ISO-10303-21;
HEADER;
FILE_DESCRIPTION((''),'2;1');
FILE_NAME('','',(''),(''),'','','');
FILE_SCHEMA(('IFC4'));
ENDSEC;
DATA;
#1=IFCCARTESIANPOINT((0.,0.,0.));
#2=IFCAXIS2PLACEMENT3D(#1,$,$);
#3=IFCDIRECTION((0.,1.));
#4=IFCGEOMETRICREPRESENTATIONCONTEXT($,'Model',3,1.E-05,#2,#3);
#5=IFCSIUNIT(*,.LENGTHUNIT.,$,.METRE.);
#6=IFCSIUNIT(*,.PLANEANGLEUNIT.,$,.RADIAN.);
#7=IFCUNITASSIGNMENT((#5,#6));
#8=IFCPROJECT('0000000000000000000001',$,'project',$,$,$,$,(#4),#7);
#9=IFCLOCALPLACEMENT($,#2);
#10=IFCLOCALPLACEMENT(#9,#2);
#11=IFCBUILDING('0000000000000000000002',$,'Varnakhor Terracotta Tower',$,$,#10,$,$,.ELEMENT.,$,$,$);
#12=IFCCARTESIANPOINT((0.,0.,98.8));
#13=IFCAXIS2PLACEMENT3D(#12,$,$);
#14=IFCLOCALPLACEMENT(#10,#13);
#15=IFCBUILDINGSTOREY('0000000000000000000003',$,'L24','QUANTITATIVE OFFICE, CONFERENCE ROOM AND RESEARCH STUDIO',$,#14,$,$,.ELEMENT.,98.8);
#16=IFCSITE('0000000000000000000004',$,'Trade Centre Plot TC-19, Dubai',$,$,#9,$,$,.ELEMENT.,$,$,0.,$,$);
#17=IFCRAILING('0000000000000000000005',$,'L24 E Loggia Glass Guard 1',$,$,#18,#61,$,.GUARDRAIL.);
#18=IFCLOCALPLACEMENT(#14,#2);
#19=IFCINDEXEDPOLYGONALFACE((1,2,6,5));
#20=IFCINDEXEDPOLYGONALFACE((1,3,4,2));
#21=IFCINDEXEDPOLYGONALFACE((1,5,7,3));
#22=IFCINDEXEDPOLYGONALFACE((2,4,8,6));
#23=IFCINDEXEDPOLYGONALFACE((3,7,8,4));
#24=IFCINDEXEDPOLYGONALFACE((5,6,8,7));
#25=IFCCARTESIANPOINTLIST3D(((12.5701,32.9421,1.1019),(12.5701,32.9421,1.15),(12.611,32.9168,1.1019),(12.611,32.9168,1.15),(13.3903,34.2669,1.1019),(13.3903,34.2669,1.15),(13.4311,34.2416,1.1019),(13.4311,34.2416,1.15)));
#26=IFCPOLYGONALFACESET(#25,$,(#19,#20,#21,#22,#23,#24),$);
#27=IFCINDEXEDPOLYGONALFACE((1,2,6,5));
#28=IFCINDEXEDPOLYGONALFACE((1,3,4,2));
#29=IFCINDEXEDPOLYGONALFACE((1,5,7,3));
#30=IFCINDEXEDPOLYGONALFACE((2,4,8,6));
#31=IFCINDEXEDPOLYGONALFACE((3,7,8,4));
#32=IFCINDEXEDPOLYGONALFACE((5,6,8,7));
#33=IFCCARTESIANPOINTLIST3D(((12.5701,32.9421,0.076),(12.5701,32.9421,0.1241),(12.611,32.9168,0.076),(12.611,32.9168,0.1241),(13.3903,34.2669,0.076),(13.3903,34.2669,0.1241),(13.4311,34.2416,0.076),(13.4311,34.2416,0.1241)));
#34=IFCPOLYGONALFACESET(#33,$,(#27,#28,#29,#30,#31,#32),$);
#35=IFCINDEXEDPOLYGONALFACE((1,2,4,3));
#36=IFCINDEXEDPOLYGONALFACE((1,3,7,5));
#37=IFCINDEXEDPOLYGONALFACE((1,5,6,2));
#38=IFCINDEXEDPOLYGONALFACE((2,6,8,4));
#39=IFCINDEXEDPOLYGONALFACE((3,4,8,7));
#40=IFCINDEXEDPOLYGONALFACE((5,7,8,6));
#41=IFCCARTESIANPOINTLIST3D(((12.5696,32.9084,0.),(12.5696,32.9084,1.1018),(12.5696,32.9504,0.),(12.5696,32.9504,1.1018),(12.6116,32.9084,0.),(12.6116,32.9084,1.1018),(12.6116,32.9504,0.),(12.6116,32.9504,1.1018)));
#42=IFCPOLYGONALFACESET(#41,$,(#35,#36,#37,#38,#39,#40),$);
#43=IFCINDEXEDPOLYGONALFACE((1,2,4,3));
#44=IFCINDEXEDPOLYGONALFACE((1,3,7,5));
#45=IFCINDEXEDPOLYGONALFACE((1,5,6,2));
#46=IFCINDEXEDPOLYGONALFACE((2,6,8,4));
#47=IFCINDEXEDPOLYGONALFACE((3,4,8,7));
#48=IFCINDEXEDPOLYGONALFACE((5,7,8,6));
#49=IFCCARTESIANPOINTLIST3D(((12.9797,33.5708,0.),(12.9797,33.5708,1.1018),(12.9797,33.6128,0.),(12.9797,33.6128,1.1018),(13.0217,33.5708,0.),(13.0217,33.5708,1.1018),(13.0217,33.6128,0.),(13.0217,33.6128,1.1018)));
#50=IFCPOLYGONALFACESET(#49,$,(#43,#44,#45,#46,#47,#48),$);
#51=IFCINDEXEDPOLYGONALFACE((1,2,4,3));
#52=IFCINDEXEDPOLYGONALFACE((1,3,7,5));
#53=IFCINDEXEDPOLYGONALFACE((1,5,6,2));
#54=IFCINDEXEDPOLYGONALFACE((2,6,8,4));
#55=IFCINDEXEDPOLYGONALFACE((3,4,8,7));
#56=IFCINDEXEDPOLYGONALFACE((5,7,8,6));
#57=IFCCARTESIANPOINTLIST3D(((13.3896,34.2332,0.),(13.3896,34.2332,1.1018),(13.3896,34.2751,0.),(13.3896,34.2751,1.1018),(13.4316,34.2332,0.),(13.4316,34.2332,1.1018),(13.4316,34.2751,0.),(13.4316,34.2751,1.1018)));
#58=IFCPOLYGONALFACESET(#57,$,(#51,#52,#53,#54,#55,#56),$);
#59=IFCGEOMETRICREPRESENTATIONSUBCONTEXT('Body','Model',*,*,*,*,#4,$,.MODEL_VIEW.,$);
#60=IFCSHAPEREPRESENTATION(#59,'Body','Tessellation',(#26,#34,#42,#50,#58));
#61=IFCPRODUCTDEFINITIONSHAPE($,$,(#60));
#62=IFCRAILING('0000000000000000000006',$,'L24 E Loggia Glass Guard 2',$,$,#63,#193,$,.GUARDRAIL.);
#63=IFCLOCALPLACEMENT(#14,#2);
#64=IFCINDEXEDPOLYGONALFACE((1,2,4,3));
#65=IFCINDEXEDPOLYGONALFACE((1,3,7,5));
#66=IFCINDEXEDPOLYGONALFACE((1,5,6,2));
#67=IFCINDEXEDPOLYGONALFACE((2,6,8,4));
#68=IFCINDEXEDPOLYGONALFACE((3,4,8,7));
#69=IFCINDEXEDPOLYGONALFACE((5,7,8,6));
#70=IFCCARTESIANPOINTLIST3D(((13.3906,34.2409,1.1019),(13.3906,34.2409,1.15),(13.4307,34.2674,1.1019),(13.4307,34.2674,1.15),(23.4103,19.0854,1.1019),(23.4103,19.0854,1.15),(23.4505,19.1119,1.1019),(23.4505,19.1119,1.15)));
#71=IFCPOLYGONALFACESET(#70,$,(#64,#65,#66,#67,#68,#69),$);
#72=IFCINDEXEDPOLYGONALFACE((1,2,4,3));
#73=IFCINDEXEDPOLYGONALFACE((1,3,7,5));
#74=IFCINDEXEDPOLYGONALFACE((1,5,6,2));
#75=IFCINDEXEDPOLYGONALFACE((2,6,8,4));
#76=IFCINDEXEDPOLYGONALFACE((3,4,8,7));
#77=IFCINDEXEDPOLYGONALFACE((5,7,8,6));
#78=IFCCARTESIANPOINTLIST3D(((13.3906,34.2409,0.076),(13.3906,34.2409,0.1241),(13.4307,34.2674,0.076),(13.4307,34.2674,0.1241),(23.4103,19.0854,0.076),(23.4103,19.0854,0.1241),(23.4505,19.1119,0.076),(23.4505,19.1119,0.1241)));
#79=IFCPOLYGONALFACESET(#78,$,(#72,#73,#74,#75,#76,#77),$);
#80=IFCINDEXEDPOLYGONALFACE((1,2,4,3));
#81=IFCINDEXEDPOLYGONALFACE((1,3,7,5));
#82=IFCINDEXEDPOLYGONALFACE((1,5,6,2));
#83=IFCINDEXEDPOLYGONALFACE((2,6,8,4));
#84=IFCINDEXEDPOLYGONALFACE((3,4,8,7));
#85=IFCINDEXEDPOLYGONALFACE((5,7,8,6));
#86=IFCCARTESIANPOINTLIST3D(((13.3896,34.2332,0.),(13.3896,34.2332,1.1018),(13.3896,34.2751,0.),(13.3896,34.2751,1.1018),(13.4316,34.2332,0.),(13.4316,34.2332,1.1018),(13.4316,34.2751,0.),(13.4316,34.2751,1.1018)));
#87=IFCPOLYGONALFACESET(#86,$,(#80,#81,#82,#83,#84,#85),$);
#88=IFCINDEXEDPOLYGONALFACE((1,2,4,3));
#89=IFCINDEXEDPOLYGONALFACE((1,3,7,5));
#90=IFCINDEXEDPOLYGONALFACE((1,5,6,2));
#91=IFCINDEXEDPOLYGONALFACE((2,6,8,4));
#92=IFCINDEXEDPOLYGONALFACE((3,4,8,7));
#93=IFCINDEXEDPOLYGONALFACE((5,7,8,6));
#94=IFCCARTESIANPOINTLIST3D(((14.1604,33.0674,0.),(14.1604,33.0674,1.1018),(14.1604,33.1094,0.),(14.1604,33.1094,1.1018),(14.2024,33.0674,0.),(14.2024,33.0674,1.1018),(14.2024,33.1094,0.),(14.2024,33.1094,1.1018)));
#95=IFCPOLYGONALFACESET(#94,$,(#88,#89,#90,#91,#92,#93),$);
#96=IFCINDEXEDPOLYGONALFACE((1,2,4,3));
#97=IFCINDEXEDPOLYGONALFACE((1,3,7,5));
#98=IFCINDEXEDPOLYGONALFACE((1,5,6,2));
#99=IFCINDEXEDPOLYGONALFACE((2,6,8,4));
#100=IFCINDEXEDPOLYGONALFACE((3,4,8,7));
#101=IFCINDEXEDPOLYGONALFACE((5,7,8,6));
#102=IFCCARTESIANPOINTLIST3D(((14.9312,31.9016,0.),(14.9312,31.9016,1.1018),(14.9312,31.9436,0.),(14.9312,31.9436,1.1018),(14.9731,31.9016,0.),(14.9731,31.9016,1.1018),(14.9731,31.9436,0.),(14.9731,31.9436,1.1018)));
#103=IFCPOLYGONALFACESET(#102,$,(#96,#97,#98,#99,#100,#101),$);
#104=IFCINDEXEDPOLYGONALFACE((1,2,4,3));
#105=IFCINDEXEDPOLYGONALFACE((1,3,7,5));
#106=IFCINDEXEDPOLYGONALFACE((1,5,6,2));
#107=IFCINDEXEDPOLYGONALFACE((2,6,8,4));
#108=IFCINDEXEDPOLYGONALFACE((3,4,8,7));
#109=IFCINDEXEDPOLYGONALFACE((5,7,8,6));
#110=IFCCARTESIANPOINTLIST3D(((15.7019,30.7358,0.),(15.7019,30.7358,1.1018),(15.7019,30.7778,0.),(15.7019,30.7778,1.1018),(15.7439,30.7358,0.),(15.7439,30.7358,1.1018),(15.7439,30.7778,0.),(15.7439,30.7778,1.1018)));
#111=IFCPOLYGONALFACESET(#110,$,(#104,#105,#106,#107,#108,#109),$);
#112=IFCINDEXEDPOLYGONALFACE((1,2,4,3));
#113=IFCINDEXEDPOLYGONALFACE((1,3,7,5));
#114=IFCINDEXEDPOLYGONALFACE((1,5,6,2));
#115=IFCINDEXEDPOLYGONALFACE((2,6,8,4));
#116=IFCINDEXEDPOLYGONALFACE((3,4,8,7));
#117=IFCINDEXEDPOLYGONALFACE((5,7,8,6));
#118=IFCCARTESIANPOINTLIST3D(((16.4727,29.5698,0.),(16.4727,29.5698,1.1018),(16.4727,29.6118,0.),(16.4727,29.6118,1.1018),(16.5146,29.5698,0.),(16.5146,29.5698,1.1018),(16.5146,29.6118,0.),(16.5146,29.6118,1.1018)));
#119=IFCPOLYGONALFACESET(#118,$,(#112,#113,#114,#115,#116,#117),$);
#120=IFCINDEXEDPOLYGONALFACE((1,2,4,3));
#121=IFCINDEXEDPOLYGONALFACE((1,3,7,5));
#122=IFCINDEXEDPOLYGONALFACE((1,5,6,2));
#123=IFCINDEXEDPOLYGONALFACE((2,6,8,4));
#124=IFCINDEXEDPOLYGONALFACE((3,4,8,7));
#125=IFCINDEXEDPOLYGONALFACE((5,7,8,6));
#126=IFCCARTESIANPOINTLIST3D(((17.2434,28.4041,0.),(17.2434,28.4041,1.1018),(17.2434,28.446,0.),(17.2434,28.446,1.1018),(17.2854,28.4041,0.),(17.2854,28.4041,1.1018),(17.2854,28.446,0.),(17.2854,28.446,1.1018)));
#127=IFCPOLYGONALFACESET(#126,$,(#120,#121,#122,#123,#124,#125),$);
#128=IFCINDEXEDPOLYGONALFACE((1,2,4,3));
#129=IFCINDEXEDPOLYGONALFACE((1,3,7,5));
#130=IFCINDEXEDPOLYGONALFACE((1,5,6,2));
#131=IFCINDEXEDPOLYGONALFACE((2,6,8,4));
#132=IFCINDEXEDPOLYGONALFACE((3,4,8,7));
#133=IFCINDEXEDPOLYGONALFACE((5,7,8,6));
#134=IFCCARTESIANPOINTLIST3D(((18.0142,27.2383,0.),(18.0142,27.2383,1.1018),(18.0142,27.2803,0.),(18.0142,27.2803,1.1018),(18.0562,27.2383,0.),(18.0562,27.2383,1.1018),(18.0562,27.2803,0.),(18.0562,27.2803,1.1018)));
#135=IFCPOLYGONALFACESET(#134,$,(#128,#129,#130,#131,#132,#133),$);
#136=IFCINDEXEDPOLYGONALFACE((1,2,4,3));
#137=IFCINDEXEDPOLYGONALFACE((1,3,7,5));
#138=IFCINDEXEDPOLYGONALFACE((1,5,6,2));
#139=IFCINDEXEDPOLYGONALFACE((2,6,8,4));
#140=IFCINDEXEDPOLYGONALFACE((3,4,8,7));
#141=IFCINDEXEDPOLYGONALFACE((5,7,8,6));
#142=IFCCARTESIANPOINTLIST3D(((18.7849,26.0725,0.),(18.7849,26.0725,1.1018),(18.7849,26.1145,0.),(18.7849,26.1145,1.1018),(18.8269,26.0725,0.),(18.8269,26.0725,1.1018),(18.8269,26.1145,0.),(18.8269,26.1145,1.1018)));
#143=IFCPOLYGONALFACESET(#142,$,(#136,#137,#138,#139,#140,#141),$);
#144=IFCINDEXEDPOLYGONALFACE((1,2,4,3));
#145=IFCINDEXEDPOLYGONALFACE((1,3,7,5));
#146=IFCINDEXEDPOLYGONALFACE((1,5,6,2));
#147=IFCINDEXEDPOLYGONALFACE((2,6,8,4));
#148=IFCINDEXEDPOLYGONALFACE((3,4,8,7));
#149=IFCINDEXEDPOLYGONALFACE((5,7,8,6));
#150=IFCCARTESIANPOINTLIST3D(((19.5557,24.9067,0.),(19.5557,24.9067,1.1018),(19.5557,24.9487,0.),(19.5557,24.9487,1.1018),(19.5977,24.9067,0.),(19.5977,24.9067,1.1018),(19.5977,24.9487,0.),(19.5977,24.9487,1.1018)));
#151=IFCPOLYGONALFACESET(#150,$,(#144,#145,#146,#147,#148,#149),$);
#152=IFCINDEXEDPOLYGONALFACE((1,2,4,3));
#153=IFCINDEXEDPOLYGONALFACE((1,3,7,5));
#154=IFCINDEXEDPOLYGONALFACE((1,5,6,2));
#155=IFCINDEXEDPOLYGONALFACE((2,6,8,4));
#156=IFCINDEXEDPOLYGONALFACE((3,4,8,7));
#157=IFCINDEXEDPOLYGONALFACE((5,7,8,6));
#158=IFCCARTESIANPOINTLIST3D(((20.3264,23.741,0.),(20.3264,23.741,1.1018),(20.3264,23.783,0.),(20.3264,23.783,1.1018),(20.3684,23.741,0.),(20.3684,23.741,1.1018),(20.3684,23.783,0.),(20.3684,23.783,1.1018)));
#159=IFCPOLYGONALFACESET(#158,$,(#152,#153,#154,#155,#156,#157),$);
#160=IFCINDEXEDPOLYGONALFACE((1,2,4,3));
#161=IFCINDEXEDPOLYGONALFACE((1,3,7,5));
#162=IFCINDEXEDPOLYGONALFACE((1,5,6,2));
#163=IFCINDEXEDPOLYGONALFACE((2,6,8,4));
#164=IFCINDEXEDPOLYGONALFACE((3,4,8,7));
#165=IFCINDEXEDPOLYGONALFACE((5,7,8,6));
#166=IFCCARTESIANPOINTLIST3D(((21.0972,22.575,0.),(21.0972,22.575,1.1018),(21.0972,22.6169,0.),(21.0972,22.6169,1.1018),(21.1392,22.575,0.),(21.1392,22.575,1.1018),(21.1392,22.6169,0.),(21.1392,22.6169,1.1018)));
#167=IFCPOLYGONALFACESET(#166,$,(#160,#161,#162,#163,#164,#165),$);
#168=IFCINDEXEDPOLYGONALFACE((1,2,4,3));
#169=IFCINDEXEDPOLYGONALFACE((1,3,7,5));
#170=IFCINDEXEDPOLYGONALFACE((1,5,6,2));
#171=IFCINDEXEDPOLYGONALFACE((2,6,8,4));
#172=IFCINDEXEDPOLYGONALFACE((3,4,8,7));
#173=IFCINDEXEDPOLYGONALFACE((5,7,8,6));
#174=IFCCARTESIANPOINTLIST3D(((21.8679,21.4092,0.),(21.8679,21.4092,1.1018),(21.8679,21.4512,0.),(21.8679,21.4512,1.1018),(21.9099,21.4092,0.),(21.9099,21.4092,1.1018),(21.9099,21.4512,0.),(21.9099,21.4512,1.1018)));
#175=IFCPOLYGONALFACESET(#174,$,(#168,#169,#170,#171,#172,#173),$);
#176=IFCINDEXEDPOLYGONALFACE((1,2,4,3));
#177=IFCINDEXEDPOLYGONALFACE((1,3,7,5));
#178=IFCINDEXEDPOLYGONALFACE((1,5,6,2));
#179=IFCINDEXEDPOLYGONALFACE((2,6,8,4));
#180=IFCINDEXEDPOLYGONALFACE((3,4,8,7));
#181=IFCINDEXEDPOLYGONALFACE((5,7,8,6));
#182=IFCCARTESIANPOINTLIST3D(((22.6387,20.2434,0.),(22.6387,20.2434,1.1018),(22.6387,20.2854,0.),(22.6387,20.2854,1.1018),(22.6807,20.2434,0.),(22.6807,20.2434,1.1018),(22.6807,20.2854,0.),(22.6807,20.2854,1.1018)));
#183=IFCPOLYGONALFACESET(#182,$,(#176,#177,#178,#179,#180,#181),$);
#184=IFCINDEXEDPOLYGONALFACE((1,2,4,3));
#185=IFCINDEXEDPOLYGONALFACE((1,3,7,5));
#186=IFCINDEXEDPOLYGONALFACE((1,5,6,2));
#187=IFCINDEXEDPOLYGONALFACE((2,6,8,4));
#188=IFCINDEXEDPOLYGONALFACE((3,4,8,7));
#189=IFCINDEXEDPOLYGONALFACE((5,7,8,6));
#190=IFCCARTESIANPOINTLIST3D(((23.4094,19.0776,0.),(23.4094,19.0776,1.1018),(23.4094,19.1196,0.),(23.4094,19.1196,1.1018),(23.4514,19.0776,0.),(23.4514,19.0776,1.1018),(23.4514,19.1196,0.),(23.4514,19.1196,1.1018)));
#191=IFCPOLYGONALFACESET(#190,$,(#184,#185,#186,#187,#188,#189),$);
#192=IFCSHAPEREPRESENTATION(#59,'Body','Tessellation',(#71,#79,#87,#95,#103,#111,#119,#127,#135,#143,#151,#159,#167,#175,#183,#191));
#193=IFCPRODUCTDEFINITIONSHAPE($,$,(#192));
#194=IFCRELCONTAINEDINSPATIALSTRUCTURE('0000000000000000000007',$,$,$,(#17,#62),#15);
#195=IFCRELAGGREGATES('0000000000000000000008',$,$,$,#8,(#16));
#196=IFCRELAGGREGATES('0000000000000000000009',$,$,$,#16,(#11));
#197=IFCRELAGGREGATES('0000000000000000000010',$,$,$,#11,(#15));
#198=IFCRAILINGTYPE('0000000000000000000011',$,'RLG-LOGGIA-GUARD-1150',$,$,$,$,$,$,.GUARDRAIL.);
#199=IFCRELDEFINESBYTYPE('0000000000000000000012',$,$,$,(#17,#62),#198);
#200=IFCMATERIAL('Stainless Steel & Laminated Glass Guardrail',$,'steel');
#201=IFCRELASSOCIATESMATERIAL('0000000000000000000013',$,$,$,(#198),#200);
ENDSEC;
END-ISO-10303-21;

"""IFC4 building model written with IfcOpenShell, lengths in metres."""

from ifc_helpers import new_model, si_unit, direction, frame, origin, origin_2d, place, context, subcontext, project, spatial, rectangle, extrude, material, type_object, element, save


model = new_model("IFC4")

# Units and contexts
model_context = context("Model", 3, precision=1e-05, world=origin(), true_north=direction((0.0, 1.0)))
body_context = subcontext(model_context, "Body", "Model", "MODEL_VIEW")
ifc_project = project(units=[si_unit("LENGTHUNIT", "METRE"), si_unit("PLANEANGLEUNIT", "RADIAN")], contexts=[model_context])

# Site, building, storey
site_placement = place(None, origin())
site = spatial("IfcSite", under=ifc_project, at=site_placement, Name="Trade Centre Plot TC-19, Dubai", CompositionType="ELEMENT", RefElevation=0.0)
building_placement = place(site_placement, origin())
building = spatial("IfcBuilding", under=site, at=building_placement, Name="Varnakhor Terracotta Tower", CompositionType="ELEMENT")
storey_placement = place(building_placement, frame((0.0, 0.0, 98.8)))
storey = spatial("IfcBuildingStorey", under=building, at=storey_placement, Name="L24", Description="QUANTITATIVE OFFICE, CONFERENCE ROOM AND RESEARCH STUDIO", CompositionType="ELEMENT", Elevation=98.8)

# Railings
ifc_material_1 = material(Name="Stainless Steel & Laminated Glass Guardrail", Category="steel")
railing_type = type_object("IfcRailingType", Name="RLG-LOGGIA-GUARD-1150", PredefinedType="GUARDRAIL", material=ifc_material_1)
railing_1_placement = place(storey_placement, frame((12.5906, 32.9294, 0.0)))
element("IfcRailing", 1, at=railing_1_placement, inside=storey, type_object=railing_type, Name="L24 E Loggia Glass Guard 1", PredefinedType="GUARDRAIL", context=body_context, shape_type="SweptSolid", body=[
    extrude(rectangle(XDim=0.0481, YDim=0.0481, at=origin_2d()), frame((0.0, 0.0, 1.126), z_axis=(0.52636, 0.850262, 0.0), x_axis=(-0.850262, 0.52636, 0.0)), (0.0, 0.0, 1.0), 1.5581),
    extrude(rectangle(XDim=0.0481, YDim=0.0481, at=origin_2d()), frame((0.0, 0.0, 0.1001), z_axis=(0.52636, 0.850262, 0.0), x_axis=(-0.850262, 0.52636, 0.0)), (0.0, 0.0, 1.0), 1.5581),
    extrude(rectangle(XDim=0.042, YDim=0.042, at=origin_2d()), origin(), (0.0, 0.0, 1.0), 1.1018),
    extrude(rectangle(XDim=0.042, YDim=0.042, at=origin_2d()), frame((0.4102, 0.6624, 0.0)), (0.0, 0.0, 1.0), 1.1018),
    extrude(rectangle(XDim=0.042, YDim=0.042, at=origin_2d()), frame((0.8201, 1.3247, 0.0)), (0.0, 0.0, 1.0), 1.1018),
])
railing_2_placement = place(storey_placement, frame((13.4106, 34.2542, 0.0)))
element("IfcRailing", 2, at=railing_2_placement, inside=storey, type_object=railing_type, Name="L24 E Loggia Glass Guard 2", PredefinedType="GUARDRAIL", context=body_context, shape_type="SweptSolid", body=[
    extrude(rectangle(XDim=0.0481, YDim=0.0481, at=origin_2d()), frame((0.0, 0.0, 1.126), z_axis=(0.551499, -0.834176, 0.0), x_axis=(0.834176, 0.551499, 0.0)), (0.0, 0.0, 1.0), 18.1682),
    extrude(rectangle(XDim=0.0481, YDim=0.0481, at=origin_2d()), frame((0.0, 0.0, 0.1001), z_axis=(0.551499, -0.834176, 0.0), x_axis=(0.834176, 0.551499, 0.0)), (0.0, 0.0, 1.0), 18.1682),
    extrude(rectangle(XDim=0.042, YDim=0.042, at=origin_2d()), origin(), (0.0, 0.0, 1.0), 1.1018),
    extrude(rectangle(XDim=0.042, YDim=0.042, at=origin_2d()), frame((0.7708, -1.1658, 0.0)), (0.0, 0.0, 1.0), 1.1018),
    extrude(rectangle(XDim=0.042, YDim=0.042, at=origin_2d()), frame((1.5415, -2.3315, 0.0)), (0.0, 0.0, 1.0), 1.1018),
    extrude(rectangle(XDim=0.042, YDim=0.042, at=origin_2d()), frame((2.3123, -3.4973, 0.0)), (0.0, 0.0, 1.0), 1.1018),
    extrude(rectangle(XDim=0.042, YDim=0.042, at=origin_2d()), frame((3.083, -4.6633, 0.0)), (0.0, 0.0, 1.0), 1.1018),
    extrude(rectangle(XDim=0.042, YDim=0.042, at=origin_2d()), frame((3.8538, -5.8291, 0.0)), (0.0, 0.0, 1.0), 1.1018),
    extrude(rectangle(XDim=0.042, YDim=0.042, at=origin_2d()), frame((4.6245, -6.9949, 0.0)), (0.0, 0.0, 1.0), 1.1018),
    extrude(rectangle(XDim=0.042, YDim=0.042, at=origin_2d()), frame((5.3953, -8.1606, 0.0)), (0.0, 0.0, 1.0), 1.1018),
    extrude(rectangle(XDim=0.042, YDim=0.042, at=origin_2d()), frame((6.166, -9.3264, 0.0)), (0.0, 0.0, 1.0), 1.1018),
    extrude(rectangle(XDim=0.042, YDim=0.042, at=origin_2d()), frame((6.9368, -10.4922, 0.0)), (0.0, 0.0, 1.0), 1.1018),
    extrude(rectangle(XDim=0.042, YDim=0.042, at=origin_2d()), frame((7.7075, -11.6582, 0.0)), (0.0, 0.0, 1.0), 1.1018),
    extrude(rectangle(XDim=0.042, YDim=0.042, at=origin_2d()), frame((8.4783, -12.824, 0.0)), (0.0, 0.0, 1.0), 1.1018),
    extrude(rectangle(XDim=0.042, YDim=0.042, at=origin_2d()), frame((9.249, -13.9897, 0.0)), (0.0, 0.0, 1.0), 1.1018),
    extrude(rectangle(XDim=0.042, YDim=0.042, at=origin_2d()), frame((10.0198, -15.1555, 0.0)), (0.0, 0.0, 1.0), 1.1018),
])

save(model, "model.ifc")
